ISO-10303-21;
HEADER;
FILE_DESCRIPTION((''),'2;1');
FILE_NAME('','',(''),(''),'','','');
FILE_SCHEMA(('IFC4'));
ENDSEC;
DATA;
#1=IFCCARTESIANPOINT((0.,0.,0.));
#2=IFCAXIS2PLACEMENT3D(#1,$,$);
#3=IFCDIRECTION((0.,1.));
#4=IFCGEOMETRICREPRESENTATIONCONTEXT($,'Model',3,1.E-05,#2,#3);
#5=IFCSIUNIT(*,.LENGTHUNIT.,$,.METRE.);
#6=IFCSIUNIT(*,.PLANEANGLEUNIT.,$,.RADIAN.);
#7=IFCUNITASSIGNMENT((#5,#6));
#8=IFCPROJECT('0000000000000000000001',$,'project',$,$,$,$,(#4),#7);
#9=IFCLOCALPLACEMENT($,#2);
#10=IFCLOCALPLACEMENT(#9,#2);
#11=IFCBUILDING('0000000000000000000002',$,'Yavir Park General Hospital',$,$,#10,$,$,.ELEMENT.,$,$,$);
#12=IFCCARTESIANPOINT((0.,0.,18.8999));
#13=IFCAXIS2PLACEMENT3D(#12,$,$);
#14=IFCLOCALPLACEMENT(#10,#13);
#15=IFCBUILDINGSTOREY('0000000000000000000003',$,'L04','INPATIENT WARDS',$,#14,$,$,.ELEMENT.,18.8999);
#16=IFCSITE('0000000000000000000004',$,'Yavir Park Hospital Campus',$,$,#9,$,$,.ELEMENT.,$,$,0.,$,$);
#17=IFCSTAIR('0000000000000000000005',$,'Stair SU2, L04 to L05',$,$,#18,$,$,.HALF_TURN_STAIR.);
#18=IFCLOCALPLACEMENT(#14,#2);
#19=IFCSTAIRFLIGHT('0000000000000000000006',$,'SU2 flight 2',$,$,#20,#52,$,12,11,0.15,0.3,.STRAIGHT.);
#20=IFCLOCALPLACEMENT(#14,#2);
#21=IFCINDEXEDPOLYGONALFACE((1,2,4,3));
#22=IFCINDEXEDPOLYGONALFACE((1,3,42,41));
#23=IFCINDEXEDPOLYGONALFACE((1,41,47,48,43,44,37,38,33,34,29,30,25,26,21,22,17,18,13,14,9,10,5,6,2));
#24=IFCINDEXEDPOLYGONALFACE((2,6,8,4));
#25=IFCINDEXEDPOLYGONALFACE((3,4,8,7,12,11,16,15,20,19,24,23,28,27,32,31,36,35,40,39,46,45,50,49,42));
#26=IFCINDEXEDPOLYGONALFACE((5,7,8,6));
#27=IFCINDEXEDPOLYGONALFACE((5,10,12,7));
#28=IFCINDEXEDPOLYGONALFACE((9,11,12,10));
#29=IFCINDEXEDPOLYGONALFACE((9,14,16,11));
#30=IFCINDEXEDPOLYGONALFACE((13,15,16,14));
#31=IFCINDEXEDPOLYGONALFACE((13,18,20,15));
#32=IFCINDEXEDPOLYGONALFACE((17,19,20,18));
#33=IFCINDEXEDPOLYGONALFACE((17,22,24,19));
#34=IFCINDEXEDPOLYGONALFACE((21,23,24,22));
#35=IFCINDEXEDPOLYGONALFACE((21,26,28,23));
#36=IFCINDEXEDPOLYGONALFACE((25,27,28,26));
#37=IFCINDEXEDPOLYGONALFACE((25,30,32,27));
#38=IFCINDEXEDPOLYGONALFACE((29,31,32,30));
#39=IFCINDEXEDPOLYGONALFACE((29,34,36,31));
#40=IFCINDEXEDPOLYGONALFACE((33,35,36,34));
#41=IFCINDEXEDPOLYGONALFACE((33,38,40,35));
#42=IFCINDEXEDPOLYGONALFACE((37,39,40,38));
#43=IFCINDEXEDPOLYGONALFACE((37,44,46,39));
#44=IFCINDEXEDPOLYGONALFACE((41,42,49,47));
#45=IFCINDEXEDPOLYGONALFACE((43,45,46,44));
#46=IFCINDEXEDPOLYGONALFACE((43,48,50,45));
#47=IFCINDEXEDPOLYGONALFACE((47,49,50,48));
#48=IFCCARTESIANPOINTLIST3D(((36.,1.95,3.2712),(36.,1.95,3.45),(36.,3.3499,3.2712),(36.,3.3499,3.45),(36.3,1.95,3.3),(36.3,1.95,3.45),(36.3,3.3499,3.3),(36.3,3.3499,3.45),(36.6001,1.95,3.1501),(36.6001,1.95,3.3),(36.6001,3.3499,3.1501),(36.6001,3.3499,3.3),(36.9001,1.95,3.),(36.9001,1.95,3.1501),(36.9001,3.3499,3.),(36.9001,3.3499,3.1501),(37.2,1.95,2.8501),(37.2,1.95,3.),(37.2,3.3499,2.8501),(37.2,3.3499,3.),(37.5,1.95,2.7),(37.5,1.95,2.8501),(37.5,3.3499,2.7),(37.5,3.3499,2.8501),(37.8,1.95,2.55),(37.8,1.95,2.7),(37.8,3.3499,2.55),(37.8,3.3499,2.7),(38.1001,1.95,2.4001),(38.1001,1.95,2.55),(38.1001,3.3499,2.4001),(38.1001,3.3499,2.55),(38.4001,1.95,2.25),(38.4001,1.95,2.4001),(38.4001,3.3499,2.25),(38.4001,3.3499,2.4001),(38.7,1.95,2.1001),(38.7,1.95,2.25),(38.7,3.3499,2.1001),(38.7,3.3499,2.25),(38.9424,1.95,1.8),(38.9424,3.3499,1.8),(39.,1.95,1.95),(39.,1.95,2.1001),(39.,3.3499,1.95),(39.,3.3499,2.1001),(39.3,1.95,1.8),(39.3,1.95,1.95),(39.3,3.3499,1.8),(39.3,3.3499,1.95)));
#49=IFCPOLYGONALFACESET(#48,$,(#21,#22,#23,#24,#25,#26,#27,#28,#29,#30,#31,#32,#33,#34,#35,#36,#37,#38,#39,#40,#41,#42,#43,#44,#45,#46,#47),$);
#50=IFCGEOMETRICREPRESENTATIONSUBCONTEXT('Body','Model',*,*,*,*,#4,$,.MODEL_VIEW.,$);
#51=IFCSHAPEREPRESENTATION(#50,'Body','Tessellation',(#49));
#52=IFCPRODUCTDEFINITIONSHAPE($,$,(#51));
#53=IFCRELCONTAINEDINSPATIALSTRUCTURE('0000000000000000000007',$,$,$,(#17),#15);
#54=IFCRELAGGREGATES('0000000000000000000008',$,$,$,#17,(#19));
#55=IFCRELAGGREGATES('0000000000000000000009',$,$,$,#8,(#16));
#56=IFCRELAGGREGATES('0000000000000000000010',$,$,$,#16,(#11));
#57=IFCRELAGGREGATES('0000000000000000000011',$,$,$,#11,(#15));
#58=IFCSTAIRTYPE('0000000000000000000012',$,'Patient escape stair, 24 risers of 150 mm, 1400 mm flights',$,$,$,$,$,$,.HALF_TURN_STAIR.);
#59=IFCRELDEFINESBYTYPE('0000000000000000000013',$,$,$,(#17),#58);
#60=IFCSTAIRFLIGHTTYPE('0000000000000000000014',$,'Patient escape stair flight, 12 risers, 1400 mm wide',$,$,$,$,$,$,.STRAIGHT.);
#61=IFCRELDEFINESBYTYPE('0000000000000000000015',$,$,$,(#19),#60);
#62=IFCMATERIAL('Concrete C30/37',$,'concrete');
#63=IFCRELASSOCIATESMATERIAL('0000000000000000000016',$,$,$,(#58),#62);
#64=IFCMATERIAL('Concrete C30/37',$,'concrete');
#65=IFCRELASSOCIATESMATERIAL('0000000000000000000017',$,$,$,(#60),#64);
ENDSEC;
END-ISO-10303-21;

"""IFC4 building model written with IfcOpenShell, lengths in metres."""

from ifc_helpers import new_model, si_unit, direction, frame, origin, place, context, subcontext, project, spatial, polyline, outline, extrude, material, type_object, element, aggregate, save


model = new_model("IFC4")

# Units and contexts
model_context = context("Model", 3, precision=1e-05, world=origin(), true_north=direction((0.0, 1.0)))
body_context = subcontext(model_context, "Body", "Model", "MODEL_VIEW")
ifc_project = project(units=[si_unit("LENGTHUNIT", "METRE"), si_unit("PLANEANGLEUNIT", "RADIAN")], contexts=[model_context])

# Site, building, storey
site_placement = place(None, origin())
site = spatial("IfcSite", under=ifc_project, at=site_placement, Name="Yavir Park Hospital Campus", CompositionType="ELEMENT", RefElevation=0.0)
building_placement = place(site_placement, origin())
building = spatial("IfcBuilding", under=site, at=building_placement, Name="Yavir Park General Hospital", CompositionType="ELEMENT")
storey_placement = place(building_placement, frame((0.0, 0.0, 18.8999)))
storey = spatial("IfcBuildingStorey", under=building, at=storey_placement, Name="L04", Description="INPATIENT WARDS", CompositionType="ELEMENT", Elevation=18.8999)

# Stair, stair flight
ifc_material_1 = material(Name="Concrete C30/37", Category="concrete")
stair_type = type_object("IfcStairType", Name="Patient escape stair, 24 risers of 150 mm, 1400 mm flights", PredefinedType="HALF_TURN_STAIR", material=ifc_material_1)
stair_placement = place(storey_placement, origin())
stair = element("IfcStair", 1, at=stair_placement, inside=storey, type_object=stair_type, Name="Stair SU2, L04 to L05", PredefinedType="HALF_TURN_STAIR")
ifc_material_2 = material(Name="Concrete C30/37", Category="concrete")
stair_flight_type = type_object("IfcStairFlightType", Name="Patient escape stair flight, 12 risers, 1400 mm wide", PredefinedType="STRAIGHT", material=ifc_material_2)
stair_flight_placement = place(storey_placement, frame((39.3, 2.6499, 1.8), z_axis=(0.0, 0.0, 1.0), x_axis=(-1.0, 0.0, 0.0)))
stair_flight = element("IfcStairFlight", 2, at=stair_flight_placement, type_object=stair_flight_type, Name="SU2 flight 2", NumberOfRisers=12, NumberOfTreads=11, PredefinedType="STRAIGHT", RiserHeight=0.15, TreadLength=0.3, context=body_context, shape_type="SweptSolid", body=[
    extrude(outline(polyline([(0.0, 0.0), (0.0, 0.1499), (0.3, 0.1499), (0.3, 0.3), (0.6001, 0.3), (0.6001, 0.45), (0.8999, 0.45), (0.8999, 0.6001), (1.2, 0.6001), (1.2, 0.75), (1.5, 0.75), (1.5, 0.8999), (1.8, 0.8999), (1.8, 1.05), (2.1001, 1.05), (2.1001, 1.2), (2.3999, 1.2), (2.3999, 1.3501), (2.7, 1.3501), (2.7, 1.5), (3.0, 1.5), (3.0, 1.6499), (3.3, 1.6499), (3.3, 1.8), (3.3, 1.4712), (0.3577, 0.0), (0.0, 0.0)])), frame((0.0, 0.7, 0.0), z_axis=(0.0, -1.0, 0.0), x_axis=(1.0, 0.0, 0.0)), (0.0, 0.0, 1.0), 1.3999),
])
aggregate(stair, [stair_flight])

save(model, "model.ifc")
